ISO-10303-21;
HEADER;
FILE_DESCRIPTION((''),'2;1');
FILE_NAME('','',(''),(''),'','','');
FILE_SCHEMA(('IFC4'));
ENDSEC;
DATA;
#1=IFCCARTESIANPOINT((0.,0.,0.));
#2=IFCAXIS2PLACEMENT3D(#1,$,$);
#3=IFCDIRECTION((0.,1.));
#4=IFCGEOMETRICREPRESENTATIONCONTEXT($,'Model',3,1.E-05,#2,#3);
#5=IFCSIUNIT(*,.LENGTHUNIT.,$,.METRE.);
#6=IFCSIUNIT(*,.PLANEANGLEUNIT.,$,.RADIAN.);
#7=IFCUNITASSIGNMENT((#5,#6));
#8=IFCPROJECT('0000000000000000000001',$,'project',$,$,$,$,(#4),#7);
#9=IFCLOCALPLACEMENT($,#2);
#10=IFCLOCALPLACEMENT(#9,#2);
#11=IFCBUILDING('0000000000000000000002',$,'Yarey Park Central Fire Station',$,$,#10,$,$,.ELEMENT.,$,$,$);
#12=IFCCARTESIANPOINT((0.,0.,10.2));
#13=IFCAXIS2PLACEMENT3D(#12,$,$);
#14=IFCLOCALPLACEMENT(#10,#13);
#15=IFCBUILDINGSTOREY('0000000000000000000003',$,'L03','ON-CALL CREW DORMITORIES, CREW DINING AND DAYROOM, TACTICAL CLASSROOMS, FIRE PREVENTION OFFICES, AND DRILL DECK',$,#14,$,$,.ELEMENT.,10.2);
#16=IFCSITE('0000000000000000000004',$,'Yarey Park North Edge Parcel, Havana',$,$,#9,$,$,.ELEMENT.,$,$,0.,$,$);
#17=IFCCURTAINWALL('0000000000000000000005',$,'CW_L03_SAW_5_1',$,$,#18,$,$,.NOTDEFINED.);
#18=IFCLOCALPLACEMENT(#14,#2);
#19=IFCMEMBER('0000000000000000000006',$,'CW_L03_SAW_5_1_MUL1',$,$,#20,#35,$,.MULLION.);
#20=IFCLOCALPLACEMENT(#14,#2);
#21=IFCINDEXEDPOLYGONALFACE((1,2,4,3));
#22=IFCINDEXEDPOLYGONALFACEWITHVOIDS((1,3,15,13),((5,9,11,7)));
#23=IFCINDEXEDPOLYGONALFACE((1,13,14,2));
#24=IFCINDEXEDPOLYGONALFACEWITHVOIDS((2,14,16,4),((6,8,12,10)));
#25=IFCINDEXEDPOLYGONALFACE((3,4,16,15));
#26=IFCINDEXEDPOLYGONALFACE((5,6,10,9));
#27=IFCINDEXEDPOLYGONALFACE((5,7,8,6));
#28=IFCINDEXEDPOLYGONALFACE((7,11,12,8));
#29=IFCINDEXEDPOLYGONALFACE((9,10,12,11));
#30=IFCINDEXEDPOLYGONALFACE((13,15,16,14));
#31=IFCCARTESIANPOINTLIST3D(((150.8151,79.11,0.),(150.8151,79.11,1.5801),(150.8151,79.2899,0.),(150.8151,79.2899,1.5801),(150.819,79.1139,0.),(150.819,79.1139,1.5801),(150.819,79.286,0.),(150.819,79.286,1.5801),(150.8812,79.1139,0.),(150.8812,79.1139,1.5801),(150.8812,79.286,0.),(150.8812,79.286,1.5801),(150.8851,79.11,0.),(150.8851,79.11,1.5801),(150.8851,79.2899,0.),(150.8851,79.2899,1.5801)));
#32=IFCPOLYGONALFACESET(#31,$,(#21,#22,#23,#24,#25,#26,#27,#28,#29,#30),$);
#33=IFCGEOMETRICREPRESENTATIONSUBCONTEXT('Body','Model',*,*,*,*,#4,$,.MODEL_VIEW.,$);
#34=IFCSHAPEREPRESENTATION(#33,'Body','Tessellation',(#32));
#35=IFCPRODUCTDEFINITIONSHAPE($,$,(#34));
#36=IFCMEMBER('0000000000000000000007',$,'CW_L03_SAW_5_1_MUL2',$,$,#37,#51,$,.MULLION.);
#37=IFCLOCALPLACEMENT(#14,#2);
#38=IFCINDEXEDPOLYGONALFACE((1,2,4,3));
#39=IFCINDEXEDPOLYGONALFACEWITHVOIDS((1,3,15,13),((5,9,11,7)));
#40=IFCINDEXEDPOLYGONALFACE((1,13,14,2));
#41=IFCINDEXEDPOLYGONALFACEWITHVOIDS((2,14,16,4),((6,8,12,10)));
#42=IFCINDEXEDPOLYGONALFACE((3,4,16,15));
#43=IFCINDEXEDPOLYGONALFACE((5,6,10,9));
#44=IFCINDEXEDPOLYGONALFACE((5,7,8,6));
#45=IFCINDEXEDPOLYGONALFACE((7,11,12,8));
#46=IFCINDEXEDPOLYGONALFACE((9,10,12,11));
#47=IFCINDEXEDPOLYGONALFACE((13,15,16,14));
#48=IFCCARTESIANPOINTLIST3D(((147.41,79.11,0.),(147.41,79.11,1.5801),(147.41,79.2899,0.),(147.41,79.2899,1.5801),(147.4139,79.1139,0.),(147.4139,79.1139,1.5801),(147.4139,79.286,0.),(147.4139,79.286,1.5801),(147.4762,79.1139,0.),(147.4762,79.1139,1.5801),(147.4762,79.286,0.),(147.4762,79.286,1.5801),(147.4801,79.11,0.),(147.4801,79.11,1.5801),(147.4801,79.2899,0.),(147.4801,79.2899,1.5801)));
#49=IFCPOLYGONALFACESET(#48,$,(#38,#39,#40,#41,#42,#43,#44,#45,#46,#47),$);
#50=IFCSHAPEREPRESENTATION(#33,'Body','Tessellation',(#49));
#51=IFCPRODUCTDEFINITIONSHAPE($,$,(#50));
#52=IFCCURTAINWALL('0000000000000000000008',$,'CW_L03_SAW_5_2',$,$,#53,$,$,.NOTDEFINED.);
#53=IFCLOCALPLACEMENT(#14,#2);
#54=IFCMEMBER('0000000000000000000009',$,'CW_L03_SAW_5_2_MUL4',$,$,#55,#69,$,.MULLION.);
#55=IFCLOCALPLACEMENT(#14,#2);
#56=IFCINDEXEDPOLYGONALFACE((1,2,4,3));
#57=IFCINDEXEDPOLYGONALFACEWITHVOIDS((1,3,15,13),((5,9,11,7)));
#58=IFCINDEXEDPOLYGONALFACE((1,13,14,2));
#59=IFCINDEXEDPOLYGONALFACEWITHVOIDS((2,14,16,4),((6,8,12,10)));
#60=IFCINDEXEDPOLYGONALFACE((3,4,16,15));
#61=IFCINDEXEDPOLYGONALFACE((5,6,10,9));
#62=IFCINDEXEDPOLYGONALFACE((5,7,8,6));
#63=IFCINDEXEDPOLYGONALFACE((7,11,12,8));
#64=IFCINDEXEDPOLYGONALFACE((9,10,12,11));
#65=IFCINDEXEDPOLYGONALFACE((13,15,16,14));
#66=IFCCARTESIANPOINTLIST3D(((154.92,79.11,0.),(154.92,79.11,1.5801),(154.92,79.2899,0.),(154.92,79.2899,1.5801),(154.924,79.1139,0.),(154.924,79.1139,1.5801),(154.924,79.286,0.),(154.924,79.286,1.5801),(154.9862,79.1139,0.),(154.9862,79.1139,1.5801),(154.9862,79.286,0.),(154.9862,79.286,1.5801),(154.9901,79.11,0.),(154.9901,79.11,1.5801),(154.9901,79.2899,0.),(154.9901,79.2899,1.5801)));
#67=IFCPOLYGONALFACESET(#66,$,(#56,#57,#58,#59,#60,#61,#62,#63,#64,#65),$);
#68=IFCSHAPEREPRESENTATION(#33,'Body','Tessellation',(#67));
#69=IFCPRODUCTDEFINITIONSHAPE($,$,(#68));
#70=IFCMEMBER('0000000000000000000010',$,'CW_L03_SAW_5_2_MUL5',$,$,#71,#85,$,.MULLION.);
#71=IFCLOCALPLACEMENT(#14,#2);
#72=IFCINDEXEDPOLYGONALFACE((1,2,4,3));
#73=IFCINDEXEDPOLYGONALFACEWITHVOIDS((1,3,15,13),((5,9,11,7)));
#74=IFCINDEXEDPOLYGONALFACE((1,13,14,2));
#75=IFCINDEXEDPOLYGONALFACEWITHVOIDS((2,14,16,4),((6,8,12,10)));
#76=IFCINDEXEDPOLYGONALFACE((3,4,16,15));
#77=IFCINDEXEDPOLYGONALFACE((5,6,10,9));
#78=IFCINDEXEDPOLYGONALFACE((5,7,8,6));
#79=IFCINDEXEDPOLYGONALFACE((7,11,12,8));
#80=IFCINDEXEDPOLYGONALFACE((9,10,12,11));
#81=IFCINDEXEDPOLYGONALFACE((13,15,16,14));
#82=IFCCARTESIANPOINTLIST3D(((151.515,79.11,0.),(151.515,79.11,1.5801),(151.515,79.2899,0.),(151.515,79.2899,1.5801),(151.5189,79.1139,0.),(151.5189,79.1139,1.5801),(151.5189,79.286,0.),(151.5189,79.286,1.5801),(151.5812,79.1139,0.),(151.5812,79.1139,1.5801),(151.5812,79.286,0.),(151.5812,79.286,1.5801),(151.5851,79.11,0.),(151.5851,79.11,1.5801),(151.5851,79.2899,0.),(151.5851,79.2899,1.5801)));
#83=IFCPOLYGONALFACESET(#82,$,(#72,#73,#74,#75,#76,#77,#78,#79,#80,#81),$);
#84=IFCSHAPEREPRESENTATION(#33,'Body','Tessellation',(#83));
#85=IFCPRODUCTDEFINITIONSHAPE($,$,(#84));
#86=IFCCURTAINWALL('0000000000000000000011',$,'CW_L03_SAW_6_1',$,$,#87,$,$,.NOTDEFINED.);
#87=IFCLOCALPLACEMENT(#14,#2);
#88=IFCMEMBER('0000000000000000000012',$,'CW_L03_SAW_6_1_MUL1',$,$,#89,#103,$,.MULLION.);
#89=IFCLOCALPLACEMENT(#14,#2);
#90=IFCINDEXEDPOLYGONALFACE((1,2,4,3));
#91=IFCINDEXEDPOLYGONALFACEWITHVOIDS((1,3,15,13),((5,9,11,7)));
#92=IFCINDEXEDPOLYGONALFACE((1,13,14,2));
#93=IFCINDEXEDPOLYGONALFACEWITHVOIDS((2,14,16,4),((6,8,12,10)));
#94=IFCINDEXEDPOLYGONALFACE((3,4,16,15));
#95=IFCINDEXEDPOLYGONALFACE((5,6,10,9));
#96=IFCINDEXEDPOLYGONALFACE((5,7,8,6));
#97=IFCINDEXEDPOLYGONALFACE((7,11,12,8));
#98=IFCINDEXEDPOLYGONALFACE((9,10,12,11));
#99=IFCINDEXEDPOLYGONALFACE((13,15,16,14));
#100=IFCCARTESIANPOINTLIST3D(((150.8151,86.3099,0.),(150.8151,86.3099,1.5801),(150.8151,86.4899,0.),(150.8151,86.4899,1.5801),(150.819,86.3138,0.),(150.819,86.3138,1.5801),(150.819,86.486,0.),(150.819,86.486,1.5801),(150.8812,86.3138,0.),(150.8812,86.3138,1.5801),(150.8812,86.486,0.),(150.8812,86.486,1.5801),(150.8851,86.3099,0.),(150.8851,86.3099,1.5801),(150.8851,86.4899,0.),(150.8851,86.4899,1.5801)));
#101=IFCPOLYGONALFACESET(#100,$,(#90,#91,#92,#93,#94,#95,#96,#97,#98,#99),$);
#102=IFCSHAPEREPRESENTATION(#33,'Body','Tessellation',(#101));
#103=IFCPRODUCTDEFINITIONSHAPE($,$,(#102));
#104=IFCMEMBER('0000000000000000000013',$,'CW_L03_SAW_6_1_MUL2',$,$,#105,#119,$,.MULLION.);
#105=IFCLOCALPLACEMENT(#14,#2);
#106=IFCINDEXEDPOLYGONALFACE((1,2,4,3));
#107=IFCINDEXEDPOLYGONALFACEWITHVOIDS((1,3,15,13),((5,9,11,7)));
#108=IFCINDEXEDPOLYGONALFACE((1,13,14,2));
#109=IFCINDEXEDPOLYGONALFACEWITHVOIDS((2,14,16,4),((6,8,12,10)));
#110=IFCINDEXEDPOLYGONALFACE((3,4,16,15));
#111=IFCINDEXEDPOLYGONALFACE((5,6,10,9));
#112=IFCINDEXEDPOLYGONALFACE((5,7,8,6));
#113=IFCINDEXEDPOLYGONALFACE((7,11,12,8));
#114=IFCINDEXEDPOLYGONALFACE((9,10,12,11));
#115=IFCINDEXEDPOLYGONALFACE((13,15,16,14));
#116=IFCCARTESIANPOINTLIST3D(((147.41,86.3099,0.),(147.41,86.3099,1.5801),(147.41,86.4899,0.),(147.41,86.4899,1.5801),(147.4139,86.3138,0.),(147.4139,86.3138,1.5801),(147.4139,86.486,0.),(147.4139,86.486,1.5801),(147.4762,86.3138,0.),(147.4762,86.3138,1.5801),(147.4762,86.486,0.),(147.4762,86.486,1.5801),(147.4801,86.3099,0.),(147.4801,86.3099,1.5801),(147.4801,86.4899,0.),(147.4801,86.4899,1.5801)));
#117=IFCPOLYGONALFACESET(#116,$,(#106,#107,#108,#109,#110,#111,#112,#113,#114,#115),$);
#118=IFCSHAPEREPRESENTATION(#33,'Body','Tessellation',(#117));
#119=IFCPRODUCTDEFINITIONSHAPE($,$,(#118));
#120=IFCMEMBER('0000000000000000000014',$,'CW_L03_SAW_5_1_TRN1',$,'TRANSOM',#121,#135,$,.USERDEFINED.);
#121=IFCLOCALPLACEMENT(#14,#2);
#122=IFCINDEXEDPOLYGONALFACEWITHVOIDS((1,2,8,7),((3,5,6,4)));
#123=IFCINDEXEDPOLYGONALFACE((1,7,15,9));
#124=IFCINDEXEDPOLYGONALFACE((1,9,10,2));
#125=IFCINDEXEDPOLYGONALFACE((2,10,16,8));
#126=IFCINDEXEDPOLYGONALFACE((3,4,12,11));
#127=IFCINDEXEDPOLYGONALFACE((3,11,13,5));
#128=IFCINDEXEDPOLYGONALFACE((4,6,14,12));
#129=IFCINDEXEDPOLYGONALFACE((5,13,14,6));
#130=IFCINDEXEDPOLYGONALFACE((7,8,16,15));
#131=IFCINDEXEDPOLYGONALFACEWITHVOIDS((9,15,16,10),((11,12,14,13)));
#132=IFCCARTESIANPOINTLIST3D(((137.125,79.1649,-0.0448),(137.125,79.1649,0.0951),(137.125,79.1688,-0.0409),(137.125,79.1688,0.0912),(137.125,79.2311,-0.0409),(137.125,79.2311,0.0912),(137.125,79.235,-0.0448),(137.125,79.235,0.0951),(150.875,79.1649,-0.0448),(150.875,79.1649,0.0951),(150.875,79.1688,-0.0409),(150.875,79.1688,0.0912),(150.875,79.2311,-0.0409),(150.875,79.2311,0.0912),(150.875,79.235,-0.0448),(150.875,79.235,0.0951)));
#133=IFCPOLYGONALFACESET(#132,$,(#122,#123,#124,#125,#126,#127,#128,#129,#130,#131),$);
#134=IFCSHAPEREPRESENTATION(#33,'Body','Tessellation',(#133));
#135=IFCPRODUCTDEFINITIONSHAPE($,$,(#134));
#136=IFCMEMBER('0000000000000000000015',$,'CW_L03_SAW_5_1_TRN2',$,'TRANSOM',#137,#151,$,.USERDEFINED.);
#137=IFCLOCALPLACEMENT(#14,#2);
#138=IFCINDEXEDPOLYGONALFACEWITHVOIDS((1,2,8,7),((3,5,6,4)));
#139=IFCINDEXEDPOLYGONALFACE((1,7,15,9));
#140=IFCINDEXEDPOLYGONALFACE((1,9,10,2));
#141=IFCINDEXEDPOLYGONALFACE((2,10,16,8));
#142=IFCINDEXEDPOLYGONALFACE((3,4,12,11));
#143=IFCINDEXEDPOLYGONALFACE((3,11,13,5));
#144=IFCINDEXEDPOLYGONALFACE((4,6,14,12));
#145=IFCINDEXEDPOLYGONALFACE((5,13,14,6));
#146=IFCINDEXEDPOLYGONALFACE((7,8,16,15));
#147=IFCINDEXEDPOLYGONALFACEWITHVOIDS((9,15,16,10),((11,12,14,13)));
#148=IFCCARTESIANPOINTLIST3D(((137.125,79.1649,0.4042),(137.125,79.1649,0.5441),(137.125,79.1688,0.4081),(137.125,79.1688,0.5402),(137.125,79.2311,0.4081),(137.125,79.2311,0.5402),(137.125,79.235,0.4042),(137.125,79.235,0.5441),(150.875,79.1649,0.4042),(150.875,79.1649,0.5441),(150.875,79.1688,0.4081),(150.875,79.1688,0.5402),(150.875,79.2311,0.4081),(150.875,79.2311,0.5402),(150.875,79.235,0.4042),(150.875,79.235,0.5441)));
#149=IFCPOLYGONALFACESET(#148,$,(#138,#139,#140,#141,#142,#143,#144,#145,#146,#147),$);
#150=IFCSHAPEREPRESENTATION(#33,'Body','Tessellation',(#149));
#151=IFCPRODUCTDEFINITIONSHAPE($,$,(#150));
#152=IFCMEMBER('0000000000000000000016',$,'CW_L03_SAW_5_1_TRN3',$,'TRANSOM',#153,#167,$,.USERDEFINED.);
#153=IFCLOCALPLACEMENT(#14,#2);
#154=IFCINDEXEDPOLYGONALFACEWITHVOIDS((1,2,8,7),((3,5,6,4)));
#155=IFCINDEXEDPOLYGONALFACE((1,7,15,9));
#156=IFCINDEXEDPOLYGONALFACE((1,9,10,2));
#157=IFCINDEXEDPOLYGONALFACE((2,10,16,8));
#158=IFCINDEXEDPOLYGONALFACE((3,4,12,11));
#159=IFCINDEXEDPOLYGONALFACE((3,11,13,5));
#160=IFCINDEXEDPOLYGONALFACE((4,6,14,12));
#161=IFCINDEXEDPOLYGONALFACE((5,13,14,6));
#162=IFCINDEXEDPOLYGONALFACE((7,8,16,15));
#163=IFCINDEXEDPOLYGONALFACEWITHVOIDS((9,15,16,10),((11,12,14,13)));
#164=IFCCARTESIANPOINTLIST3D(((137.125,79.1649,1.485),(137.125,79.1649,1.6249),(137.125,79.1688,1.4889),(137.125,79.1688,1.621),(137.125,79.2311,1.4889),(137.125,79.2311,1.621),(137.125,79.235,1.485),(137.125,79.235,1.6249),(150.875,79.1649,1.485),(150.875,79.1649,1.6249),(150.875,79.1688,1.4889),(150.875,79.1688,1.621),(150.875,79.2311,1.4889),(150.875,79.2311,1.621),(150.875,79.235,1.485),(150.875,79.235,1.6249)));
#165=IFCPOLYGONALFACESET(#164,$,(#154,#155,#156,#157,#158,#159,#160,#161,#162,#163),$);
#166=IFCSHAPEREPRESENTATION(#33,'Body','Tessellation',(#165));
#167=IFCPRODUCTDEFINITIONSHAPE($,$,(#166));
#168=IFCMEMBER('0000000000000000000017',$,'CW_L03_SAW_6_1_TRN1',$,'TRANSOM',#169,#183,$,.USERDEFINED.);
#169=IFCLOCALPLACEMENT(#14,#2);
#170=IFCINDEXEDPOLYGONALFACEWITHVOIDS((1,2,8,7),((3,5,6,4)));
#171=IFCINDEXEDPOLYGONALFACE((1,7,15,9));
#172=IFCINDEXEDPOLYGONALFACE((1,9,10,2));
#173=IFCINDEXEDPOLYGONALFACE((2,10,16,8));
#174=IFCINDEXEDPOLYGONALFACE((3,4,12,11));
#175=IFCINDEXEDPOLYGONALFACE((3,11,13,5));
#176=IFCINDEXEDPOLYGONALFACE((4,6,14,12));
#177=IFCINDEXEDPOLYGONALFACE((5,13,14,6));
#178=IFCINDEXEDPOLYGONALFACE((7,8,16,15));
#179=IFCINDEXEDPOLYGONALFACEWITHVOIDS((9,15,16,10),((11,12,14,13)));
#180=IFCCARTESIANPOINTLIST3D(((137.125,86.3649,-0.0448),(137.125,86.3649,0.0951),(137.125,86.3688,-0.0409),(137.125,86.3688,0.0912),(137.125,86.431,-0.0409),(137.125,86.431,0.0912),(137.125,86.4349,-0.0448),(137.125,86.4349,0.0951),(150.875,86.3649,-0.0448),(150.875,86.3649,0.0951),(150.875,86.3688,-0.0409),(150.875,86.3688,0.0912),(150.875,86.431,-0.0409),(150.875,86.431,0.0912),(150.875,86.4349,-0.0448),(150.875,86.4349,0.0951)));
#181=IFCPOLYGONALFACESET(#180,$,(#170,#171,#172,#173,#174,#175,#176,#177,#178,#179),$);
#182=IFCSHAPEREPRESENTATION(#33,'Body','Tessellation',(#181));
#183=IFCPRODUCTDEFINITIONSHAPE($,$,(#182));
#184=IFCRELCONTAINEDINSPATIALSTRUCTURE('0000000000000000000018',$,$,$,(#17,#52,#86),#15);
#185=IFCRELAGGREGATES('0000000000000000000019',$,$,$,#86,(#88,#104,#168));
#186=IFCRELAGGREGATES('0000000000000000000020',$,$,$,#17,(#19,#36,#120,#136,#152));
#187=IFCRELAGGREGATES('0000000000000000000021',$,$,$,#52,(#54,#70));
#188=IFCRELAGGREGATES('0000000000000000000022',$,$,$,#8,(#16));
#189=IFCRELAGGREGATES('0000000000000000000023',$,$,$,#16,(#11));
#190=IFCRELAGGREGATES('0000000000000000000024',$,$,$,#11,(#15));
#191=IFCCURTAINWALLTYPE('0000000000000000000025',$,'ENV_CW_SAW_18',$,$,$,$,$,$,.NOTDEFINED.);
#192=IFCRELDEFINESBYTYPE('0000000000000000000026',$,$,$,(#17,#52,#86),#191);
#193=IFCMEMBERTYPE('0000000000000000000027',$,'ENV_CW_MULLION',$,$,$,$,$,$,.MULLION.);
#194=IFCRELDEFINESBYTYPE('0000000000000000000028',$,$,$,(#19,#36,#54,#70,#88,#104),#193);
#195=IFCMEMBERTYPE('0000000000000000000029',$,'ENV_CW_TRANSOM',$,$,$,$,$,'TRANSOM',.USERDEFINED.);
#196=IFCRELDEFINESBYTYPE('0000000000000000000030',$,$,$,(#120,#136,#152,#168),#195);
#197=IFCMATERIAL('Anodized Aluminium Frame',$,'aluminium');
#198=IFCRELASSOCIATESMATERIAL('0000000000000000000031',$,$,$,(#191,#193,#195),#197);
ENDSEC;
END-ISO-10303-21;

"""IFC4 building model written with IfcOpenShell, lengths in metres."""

from ifc_helpers import new_model, si_unit, direction, frame, origin, origin_2d, place, context, subcontext, project, spatial, hollow_rectangle, extrude, material, material_profile, profile_set, type_object, element, aggregate, save


model = new_model("IFC4")

# Units and contexts
model_context = context("Model", 3, precision=1e-05, world=origin(), true_north=direction((0.0, 1.0)))
body_context = subcontext(model_context, "Body", "Model", "MODEL_VIEW")
ifc_project = project(units=[si_unit("LENGTHUNIT", "METRE"), si_unit("PLANEANGLEUNIT", "RADIAN")], contexts=[model_context])

# Site, building, storey
site_placement = place(None, origin())
site = spatial("IfcSite", under=ifc_project, at=site_placement, Name="Yarey Park North Edge Parcel, Havana", CompositionType="ELEMENT", RefElevation=0.0)
building_placement = place(site_placement, origin())
building = spatial("IfcBuilding", under=site, at=building_placement, Name="Yarey Park Central Fire Station", CompositionType="ELEMENT")
storey_placement = place(building_placement, frame((0.0, 0.0, 10.2)))
storey = spatial("IfcBuildingStorey", under=building, at=storey_placement, Name="L03", Description="ON-CALL CREW DORMITORIES, CREW DINING AND DAYROOM, TACTICAL CLASSROOMS, FIRE PREVENTION OFFICES, AND DRILL DECK", CompositionType="ELEMENT", Elevation=10.2)

# Curtain walls, members
ifc_material_1 = material(Name="Anodized Aluminium Frame", Category="aluminium")
curtain_wall_type = type_object("IfcCurtainWallType", Name="ENV_CW_SAW_18", PredefinedType="NOTDEFINED", material=ifc_material_1)
curtain_wall_1_placement = place(storey_placement, origin())
curtain_wall_1 = element("IfcCurtainWall", 1, at=curtain_wall_1_placement, inside=storey, type_object=curtain_wall_type, Name="CW_L03_SAW_5_1", PredefinedType="NOTDEFINED")
ifc_material_profile_1 = material_profile(ifc_material_1, hollow_rectangle(XDim=0.0701, YDim=0.1799, WallThickness=0.0039, at=origin_2d()), Name="ALU 180x70x4")
ifc_profile_set_1 = profile_set([ifc_material_profile_1], Name="Anodized Aluminium Frame")
member_type_1 = type_object("IfcMemberType", Name="ENV_CW_MULLION", PredefinedType="MULLION", material=ifc_profile_set_1)
member_1_placement = place(storey_placement, frame((150.8501, 79.2, 0.0), z_axis=(0.0, 0.0, 1.0), x_axis=(1.0, 0.0, 0.0)))
member_1 = element("IfcMember", 2, at=member_1_placement, type_object=member_type_1, Name="CW_L03_SAW_5_1_MUL1", PredefinedType="MULLION", context=body_context, shape_type="SweptSolid", body=[
    extrude(hollow_rectangle(XDim=0.0701, YDim=0.1799, WallThickness=0.0039, at=origin_2d()), origin(), (0.0, 0.0, 1.0), 1.5801),
])
member_2_placement = place(storey_placement, frame((147.4451, 79.2, 0.0), z_axis=(0.0, 0.0, 1.0), x_axis=(1.0, 0.0, 0.0)))
member_2 = element("IfcMember", 3, at=member_2_placement, type_object=member_type_1, Name="CW_L03_SAW_5_1_MUL2", PredefinedType="MULLION", context=body_context, shape_type="SweptSolid", body=[
    extrude(hollow_rectangle(XDim=0.0701, YDim=0.1799, WallThickness=0.0039, at=origin_2d()), origin(), (0.0, 0.0, 1.0), 1.5801),
])
curtain_wall_2_placement = place(storey_placement, origin())
curtain_wall_2 = element("IfcCurtainWall", 4, at=curtain_wall_2_placement, inside=storey, type_object=curtain_wall_type, Name="CW_L03_SAW_5_2", PredefinedType="NOTDEFINED")
member_3_placement = place(storey_placement, frame((154.9551, 79.2, 0.0), z_axis=(0.0, 0.0, 1.0), x_axis=(1.0, 0.0, 0.0)))
member_3 = element("IfcMember", 5, at=member_3_placement, type_object=member_type_1, Name="CW_L03_SAW_5_2_MUL4", PredefinedType="MULLION", context=body_context, shape_type="SweptSolid", body=[
    extrude(hollow_rectangle(XDim=0.0701, YDim=0.1799, WallThickness=0.0039, at=origin_2d()), origin(), (0.0, 0.0, 1.0), 1.5801),
])
member_4_placement = place(storey_placement, frame((151.55, 79.2, 0.0), z_axis=(0.0, 0.0, 1.0), x_axis=(1.0, 0.0, 0.0)))
member_4 = element("IfcMember", 6, at=member_4_placement, type_object=member_type_1, Name="CW_L03_SAW_5_2_MUL5", PredefinedType="MULLION", context=body_context, shape_type="SweptSolid", body=[
    extrude(hollow_rectangle(XDim=0.0701, YDim=0.1799, WallThickness=0.0039, at=origin_2d()), origin(), (0.0, 0.0, 1.0), 1.5801),
])
curtain_wall_3_placement = place(storey_placement, origin())
curtain_wall_3 = element("IfcCurtainWall", 7, at=curtain_wall_3_placement, inside=storey, type_object=curtain_wall_type, Name="CW_L03_SAW_6_1", PredefinedType="NOTDEFINED")
member_5_placement = place(storey_placement, frame((150.8501, 86.3999, 0.0), z_axis=(0.0, 0.0, 1.0), x_axis=(1.0, 0.0, 0.0)))
member_5 = element("IfcMember", 8, at=member_5_placement, type_object=member_type_1, Name="CW_L03_SAW_6_1_MUL1", PredefinedType="MULLION", context=body_context, shape_type="SweptSolid", body=[
    extrude(hollow_rectangle(XDim=0.0701, YDim=0.1799, WallThickness=0.0039, at=origin_2d()), origin(), (0.0, 0.0, 1.0), 1.5801),
])
member_6_placement = place(storey_placement, frame((147.4451, 86.3999, 0.0), z_axis=(0.0, 0.0, 1.0), x_axis=(1.0, 0.0, 0.0)))
member_6 = element("IfcMember", 9, at=member_6_placement, type_object=member_type_1, Name="CW_L03_SAW_6_1_MUL2", PredefinedType="MULLION", context=body_context, shape_type="SweptSolid", body=[
    extrude(hollow_rectangle(XDim=0.0701, YDim=0.1799, WallThickness=0.0039, at=origin_2d()), origin(), (0.0, 0.0, 1.0), 1.5801),
])

# Members
ifc_material_profile_2 = material_profile(ifc_material_1, hollow_rectangle(XDim=0.0701, YDim=0.1399, WallThickness=0.0039, at=origin_2d()), Name="ALU 140x70x4")
ifc_profile_set_2 = profile_set([ifc_material_profile_2], Name="Anodized Aluminium Frame")
member_type_2 = type_object("IfcMemberType", Name="ENV_CW_TRANSOM", ElementType="TRANSOM", PredefinedType="USERDEFINED", material=ifc_profile_set_2)
member_7_placement = place(storey_placement, frame((150.875, 79.2, 0.0251), z_axis=(-1.0, 0.0, 0.0), x_axis=(0.0, -1.0, 0.0)))
member_7 = element("IfcMember", 10, at=member_7_placement, type_object=member_type_2, Name="CW_L03_SAW_5_1_TRN1", ObjectType="TRANSOM", PredefinedType="USERDEFINED", context=body_context, shape_type="SweptSolid", body=[
    extrude(hollow_rectangle(XDim=0.0701, YDim=0.1399, WallThickness=0.0039, at=origin_2d()), origin(), (0.0, 0.0, 1.0), 13.75),
])
member_8_placement = place(storey_placement, frame((150.875, 79.2, 0.4741), z_axis=(-1.0, 0.0, 0.0), x_axis=(0.0, -1.0, 0.0)))
member_8 = element("IfcMember", 11, at=member_8_placement, type_object=member_type_2, Name="CW_L03_SAW_5_1_TRN2", ObjectType="TRANSOM", PredefinedType="USERDEFINED", context=body_context, shape_type="SweptSolid", body=[
    extrude(hollow_rectangle(XDim=0.0701, YDim=0.1399, WallThickness=0.0039, at=origin_2d()), origin(), (0.0, 0.0, 1.0), 13.75),
])
member_9_placement = place(storey_placement, frame((150.875, 79.2, 1.5549), z_axis=(-1.0, 0.0, 0.0), x_axis=(0.0, -1.0, 0.0)))
member_9 = element("IfcMember", 12, at=member_9_placement, type_object=member_type_2, Name="CW_L03_SAW_5_1_TRN3", ObjectType="TRANSOM", PredefinedType="USERDEFINED", context=body_context, shape_type="SweptSolid", body=[
    extrude(hollow_rectangle(XDim=0.0701, YDim=0.1399, WallThickness=0.0039, at=origin_2d()), origin(), (0.0, 0.0, 1.0), 13.75),
])
member_10_placement = place(storey_placement, frame((150.875, 86.3999, 0.0251), z_axis=(-1.0, 0.0, 0.0), x_axis=(0.0, -1.0, 0.0)))
member_10 = element("IfcMember", 13, at=member_10_placement, type_object=member_type_2, Name="CW_L03_SAW_6_1_TRN1", ObjectType="TRANSOM", PredefinedType="USERDEFINED", context=body_context, shape_type="SweptSolid", body=[
    extrude(hollow_rectangle(XDim=0.0701, YDim=0.1399, WallThickness=0.0039, at=origin_2d()), origin(), (0.0, 0.0, 1.0), 13.75),
])

aggregate(curtain_wall_3, [member_5, member_6, member_10])
aggregate(curtain_wall_1, [member_1, member_2, member_7, member_8, member_9])
aggregate(curtain_wall_2, [member_3, member_4])

save(model, "model.ifc")
